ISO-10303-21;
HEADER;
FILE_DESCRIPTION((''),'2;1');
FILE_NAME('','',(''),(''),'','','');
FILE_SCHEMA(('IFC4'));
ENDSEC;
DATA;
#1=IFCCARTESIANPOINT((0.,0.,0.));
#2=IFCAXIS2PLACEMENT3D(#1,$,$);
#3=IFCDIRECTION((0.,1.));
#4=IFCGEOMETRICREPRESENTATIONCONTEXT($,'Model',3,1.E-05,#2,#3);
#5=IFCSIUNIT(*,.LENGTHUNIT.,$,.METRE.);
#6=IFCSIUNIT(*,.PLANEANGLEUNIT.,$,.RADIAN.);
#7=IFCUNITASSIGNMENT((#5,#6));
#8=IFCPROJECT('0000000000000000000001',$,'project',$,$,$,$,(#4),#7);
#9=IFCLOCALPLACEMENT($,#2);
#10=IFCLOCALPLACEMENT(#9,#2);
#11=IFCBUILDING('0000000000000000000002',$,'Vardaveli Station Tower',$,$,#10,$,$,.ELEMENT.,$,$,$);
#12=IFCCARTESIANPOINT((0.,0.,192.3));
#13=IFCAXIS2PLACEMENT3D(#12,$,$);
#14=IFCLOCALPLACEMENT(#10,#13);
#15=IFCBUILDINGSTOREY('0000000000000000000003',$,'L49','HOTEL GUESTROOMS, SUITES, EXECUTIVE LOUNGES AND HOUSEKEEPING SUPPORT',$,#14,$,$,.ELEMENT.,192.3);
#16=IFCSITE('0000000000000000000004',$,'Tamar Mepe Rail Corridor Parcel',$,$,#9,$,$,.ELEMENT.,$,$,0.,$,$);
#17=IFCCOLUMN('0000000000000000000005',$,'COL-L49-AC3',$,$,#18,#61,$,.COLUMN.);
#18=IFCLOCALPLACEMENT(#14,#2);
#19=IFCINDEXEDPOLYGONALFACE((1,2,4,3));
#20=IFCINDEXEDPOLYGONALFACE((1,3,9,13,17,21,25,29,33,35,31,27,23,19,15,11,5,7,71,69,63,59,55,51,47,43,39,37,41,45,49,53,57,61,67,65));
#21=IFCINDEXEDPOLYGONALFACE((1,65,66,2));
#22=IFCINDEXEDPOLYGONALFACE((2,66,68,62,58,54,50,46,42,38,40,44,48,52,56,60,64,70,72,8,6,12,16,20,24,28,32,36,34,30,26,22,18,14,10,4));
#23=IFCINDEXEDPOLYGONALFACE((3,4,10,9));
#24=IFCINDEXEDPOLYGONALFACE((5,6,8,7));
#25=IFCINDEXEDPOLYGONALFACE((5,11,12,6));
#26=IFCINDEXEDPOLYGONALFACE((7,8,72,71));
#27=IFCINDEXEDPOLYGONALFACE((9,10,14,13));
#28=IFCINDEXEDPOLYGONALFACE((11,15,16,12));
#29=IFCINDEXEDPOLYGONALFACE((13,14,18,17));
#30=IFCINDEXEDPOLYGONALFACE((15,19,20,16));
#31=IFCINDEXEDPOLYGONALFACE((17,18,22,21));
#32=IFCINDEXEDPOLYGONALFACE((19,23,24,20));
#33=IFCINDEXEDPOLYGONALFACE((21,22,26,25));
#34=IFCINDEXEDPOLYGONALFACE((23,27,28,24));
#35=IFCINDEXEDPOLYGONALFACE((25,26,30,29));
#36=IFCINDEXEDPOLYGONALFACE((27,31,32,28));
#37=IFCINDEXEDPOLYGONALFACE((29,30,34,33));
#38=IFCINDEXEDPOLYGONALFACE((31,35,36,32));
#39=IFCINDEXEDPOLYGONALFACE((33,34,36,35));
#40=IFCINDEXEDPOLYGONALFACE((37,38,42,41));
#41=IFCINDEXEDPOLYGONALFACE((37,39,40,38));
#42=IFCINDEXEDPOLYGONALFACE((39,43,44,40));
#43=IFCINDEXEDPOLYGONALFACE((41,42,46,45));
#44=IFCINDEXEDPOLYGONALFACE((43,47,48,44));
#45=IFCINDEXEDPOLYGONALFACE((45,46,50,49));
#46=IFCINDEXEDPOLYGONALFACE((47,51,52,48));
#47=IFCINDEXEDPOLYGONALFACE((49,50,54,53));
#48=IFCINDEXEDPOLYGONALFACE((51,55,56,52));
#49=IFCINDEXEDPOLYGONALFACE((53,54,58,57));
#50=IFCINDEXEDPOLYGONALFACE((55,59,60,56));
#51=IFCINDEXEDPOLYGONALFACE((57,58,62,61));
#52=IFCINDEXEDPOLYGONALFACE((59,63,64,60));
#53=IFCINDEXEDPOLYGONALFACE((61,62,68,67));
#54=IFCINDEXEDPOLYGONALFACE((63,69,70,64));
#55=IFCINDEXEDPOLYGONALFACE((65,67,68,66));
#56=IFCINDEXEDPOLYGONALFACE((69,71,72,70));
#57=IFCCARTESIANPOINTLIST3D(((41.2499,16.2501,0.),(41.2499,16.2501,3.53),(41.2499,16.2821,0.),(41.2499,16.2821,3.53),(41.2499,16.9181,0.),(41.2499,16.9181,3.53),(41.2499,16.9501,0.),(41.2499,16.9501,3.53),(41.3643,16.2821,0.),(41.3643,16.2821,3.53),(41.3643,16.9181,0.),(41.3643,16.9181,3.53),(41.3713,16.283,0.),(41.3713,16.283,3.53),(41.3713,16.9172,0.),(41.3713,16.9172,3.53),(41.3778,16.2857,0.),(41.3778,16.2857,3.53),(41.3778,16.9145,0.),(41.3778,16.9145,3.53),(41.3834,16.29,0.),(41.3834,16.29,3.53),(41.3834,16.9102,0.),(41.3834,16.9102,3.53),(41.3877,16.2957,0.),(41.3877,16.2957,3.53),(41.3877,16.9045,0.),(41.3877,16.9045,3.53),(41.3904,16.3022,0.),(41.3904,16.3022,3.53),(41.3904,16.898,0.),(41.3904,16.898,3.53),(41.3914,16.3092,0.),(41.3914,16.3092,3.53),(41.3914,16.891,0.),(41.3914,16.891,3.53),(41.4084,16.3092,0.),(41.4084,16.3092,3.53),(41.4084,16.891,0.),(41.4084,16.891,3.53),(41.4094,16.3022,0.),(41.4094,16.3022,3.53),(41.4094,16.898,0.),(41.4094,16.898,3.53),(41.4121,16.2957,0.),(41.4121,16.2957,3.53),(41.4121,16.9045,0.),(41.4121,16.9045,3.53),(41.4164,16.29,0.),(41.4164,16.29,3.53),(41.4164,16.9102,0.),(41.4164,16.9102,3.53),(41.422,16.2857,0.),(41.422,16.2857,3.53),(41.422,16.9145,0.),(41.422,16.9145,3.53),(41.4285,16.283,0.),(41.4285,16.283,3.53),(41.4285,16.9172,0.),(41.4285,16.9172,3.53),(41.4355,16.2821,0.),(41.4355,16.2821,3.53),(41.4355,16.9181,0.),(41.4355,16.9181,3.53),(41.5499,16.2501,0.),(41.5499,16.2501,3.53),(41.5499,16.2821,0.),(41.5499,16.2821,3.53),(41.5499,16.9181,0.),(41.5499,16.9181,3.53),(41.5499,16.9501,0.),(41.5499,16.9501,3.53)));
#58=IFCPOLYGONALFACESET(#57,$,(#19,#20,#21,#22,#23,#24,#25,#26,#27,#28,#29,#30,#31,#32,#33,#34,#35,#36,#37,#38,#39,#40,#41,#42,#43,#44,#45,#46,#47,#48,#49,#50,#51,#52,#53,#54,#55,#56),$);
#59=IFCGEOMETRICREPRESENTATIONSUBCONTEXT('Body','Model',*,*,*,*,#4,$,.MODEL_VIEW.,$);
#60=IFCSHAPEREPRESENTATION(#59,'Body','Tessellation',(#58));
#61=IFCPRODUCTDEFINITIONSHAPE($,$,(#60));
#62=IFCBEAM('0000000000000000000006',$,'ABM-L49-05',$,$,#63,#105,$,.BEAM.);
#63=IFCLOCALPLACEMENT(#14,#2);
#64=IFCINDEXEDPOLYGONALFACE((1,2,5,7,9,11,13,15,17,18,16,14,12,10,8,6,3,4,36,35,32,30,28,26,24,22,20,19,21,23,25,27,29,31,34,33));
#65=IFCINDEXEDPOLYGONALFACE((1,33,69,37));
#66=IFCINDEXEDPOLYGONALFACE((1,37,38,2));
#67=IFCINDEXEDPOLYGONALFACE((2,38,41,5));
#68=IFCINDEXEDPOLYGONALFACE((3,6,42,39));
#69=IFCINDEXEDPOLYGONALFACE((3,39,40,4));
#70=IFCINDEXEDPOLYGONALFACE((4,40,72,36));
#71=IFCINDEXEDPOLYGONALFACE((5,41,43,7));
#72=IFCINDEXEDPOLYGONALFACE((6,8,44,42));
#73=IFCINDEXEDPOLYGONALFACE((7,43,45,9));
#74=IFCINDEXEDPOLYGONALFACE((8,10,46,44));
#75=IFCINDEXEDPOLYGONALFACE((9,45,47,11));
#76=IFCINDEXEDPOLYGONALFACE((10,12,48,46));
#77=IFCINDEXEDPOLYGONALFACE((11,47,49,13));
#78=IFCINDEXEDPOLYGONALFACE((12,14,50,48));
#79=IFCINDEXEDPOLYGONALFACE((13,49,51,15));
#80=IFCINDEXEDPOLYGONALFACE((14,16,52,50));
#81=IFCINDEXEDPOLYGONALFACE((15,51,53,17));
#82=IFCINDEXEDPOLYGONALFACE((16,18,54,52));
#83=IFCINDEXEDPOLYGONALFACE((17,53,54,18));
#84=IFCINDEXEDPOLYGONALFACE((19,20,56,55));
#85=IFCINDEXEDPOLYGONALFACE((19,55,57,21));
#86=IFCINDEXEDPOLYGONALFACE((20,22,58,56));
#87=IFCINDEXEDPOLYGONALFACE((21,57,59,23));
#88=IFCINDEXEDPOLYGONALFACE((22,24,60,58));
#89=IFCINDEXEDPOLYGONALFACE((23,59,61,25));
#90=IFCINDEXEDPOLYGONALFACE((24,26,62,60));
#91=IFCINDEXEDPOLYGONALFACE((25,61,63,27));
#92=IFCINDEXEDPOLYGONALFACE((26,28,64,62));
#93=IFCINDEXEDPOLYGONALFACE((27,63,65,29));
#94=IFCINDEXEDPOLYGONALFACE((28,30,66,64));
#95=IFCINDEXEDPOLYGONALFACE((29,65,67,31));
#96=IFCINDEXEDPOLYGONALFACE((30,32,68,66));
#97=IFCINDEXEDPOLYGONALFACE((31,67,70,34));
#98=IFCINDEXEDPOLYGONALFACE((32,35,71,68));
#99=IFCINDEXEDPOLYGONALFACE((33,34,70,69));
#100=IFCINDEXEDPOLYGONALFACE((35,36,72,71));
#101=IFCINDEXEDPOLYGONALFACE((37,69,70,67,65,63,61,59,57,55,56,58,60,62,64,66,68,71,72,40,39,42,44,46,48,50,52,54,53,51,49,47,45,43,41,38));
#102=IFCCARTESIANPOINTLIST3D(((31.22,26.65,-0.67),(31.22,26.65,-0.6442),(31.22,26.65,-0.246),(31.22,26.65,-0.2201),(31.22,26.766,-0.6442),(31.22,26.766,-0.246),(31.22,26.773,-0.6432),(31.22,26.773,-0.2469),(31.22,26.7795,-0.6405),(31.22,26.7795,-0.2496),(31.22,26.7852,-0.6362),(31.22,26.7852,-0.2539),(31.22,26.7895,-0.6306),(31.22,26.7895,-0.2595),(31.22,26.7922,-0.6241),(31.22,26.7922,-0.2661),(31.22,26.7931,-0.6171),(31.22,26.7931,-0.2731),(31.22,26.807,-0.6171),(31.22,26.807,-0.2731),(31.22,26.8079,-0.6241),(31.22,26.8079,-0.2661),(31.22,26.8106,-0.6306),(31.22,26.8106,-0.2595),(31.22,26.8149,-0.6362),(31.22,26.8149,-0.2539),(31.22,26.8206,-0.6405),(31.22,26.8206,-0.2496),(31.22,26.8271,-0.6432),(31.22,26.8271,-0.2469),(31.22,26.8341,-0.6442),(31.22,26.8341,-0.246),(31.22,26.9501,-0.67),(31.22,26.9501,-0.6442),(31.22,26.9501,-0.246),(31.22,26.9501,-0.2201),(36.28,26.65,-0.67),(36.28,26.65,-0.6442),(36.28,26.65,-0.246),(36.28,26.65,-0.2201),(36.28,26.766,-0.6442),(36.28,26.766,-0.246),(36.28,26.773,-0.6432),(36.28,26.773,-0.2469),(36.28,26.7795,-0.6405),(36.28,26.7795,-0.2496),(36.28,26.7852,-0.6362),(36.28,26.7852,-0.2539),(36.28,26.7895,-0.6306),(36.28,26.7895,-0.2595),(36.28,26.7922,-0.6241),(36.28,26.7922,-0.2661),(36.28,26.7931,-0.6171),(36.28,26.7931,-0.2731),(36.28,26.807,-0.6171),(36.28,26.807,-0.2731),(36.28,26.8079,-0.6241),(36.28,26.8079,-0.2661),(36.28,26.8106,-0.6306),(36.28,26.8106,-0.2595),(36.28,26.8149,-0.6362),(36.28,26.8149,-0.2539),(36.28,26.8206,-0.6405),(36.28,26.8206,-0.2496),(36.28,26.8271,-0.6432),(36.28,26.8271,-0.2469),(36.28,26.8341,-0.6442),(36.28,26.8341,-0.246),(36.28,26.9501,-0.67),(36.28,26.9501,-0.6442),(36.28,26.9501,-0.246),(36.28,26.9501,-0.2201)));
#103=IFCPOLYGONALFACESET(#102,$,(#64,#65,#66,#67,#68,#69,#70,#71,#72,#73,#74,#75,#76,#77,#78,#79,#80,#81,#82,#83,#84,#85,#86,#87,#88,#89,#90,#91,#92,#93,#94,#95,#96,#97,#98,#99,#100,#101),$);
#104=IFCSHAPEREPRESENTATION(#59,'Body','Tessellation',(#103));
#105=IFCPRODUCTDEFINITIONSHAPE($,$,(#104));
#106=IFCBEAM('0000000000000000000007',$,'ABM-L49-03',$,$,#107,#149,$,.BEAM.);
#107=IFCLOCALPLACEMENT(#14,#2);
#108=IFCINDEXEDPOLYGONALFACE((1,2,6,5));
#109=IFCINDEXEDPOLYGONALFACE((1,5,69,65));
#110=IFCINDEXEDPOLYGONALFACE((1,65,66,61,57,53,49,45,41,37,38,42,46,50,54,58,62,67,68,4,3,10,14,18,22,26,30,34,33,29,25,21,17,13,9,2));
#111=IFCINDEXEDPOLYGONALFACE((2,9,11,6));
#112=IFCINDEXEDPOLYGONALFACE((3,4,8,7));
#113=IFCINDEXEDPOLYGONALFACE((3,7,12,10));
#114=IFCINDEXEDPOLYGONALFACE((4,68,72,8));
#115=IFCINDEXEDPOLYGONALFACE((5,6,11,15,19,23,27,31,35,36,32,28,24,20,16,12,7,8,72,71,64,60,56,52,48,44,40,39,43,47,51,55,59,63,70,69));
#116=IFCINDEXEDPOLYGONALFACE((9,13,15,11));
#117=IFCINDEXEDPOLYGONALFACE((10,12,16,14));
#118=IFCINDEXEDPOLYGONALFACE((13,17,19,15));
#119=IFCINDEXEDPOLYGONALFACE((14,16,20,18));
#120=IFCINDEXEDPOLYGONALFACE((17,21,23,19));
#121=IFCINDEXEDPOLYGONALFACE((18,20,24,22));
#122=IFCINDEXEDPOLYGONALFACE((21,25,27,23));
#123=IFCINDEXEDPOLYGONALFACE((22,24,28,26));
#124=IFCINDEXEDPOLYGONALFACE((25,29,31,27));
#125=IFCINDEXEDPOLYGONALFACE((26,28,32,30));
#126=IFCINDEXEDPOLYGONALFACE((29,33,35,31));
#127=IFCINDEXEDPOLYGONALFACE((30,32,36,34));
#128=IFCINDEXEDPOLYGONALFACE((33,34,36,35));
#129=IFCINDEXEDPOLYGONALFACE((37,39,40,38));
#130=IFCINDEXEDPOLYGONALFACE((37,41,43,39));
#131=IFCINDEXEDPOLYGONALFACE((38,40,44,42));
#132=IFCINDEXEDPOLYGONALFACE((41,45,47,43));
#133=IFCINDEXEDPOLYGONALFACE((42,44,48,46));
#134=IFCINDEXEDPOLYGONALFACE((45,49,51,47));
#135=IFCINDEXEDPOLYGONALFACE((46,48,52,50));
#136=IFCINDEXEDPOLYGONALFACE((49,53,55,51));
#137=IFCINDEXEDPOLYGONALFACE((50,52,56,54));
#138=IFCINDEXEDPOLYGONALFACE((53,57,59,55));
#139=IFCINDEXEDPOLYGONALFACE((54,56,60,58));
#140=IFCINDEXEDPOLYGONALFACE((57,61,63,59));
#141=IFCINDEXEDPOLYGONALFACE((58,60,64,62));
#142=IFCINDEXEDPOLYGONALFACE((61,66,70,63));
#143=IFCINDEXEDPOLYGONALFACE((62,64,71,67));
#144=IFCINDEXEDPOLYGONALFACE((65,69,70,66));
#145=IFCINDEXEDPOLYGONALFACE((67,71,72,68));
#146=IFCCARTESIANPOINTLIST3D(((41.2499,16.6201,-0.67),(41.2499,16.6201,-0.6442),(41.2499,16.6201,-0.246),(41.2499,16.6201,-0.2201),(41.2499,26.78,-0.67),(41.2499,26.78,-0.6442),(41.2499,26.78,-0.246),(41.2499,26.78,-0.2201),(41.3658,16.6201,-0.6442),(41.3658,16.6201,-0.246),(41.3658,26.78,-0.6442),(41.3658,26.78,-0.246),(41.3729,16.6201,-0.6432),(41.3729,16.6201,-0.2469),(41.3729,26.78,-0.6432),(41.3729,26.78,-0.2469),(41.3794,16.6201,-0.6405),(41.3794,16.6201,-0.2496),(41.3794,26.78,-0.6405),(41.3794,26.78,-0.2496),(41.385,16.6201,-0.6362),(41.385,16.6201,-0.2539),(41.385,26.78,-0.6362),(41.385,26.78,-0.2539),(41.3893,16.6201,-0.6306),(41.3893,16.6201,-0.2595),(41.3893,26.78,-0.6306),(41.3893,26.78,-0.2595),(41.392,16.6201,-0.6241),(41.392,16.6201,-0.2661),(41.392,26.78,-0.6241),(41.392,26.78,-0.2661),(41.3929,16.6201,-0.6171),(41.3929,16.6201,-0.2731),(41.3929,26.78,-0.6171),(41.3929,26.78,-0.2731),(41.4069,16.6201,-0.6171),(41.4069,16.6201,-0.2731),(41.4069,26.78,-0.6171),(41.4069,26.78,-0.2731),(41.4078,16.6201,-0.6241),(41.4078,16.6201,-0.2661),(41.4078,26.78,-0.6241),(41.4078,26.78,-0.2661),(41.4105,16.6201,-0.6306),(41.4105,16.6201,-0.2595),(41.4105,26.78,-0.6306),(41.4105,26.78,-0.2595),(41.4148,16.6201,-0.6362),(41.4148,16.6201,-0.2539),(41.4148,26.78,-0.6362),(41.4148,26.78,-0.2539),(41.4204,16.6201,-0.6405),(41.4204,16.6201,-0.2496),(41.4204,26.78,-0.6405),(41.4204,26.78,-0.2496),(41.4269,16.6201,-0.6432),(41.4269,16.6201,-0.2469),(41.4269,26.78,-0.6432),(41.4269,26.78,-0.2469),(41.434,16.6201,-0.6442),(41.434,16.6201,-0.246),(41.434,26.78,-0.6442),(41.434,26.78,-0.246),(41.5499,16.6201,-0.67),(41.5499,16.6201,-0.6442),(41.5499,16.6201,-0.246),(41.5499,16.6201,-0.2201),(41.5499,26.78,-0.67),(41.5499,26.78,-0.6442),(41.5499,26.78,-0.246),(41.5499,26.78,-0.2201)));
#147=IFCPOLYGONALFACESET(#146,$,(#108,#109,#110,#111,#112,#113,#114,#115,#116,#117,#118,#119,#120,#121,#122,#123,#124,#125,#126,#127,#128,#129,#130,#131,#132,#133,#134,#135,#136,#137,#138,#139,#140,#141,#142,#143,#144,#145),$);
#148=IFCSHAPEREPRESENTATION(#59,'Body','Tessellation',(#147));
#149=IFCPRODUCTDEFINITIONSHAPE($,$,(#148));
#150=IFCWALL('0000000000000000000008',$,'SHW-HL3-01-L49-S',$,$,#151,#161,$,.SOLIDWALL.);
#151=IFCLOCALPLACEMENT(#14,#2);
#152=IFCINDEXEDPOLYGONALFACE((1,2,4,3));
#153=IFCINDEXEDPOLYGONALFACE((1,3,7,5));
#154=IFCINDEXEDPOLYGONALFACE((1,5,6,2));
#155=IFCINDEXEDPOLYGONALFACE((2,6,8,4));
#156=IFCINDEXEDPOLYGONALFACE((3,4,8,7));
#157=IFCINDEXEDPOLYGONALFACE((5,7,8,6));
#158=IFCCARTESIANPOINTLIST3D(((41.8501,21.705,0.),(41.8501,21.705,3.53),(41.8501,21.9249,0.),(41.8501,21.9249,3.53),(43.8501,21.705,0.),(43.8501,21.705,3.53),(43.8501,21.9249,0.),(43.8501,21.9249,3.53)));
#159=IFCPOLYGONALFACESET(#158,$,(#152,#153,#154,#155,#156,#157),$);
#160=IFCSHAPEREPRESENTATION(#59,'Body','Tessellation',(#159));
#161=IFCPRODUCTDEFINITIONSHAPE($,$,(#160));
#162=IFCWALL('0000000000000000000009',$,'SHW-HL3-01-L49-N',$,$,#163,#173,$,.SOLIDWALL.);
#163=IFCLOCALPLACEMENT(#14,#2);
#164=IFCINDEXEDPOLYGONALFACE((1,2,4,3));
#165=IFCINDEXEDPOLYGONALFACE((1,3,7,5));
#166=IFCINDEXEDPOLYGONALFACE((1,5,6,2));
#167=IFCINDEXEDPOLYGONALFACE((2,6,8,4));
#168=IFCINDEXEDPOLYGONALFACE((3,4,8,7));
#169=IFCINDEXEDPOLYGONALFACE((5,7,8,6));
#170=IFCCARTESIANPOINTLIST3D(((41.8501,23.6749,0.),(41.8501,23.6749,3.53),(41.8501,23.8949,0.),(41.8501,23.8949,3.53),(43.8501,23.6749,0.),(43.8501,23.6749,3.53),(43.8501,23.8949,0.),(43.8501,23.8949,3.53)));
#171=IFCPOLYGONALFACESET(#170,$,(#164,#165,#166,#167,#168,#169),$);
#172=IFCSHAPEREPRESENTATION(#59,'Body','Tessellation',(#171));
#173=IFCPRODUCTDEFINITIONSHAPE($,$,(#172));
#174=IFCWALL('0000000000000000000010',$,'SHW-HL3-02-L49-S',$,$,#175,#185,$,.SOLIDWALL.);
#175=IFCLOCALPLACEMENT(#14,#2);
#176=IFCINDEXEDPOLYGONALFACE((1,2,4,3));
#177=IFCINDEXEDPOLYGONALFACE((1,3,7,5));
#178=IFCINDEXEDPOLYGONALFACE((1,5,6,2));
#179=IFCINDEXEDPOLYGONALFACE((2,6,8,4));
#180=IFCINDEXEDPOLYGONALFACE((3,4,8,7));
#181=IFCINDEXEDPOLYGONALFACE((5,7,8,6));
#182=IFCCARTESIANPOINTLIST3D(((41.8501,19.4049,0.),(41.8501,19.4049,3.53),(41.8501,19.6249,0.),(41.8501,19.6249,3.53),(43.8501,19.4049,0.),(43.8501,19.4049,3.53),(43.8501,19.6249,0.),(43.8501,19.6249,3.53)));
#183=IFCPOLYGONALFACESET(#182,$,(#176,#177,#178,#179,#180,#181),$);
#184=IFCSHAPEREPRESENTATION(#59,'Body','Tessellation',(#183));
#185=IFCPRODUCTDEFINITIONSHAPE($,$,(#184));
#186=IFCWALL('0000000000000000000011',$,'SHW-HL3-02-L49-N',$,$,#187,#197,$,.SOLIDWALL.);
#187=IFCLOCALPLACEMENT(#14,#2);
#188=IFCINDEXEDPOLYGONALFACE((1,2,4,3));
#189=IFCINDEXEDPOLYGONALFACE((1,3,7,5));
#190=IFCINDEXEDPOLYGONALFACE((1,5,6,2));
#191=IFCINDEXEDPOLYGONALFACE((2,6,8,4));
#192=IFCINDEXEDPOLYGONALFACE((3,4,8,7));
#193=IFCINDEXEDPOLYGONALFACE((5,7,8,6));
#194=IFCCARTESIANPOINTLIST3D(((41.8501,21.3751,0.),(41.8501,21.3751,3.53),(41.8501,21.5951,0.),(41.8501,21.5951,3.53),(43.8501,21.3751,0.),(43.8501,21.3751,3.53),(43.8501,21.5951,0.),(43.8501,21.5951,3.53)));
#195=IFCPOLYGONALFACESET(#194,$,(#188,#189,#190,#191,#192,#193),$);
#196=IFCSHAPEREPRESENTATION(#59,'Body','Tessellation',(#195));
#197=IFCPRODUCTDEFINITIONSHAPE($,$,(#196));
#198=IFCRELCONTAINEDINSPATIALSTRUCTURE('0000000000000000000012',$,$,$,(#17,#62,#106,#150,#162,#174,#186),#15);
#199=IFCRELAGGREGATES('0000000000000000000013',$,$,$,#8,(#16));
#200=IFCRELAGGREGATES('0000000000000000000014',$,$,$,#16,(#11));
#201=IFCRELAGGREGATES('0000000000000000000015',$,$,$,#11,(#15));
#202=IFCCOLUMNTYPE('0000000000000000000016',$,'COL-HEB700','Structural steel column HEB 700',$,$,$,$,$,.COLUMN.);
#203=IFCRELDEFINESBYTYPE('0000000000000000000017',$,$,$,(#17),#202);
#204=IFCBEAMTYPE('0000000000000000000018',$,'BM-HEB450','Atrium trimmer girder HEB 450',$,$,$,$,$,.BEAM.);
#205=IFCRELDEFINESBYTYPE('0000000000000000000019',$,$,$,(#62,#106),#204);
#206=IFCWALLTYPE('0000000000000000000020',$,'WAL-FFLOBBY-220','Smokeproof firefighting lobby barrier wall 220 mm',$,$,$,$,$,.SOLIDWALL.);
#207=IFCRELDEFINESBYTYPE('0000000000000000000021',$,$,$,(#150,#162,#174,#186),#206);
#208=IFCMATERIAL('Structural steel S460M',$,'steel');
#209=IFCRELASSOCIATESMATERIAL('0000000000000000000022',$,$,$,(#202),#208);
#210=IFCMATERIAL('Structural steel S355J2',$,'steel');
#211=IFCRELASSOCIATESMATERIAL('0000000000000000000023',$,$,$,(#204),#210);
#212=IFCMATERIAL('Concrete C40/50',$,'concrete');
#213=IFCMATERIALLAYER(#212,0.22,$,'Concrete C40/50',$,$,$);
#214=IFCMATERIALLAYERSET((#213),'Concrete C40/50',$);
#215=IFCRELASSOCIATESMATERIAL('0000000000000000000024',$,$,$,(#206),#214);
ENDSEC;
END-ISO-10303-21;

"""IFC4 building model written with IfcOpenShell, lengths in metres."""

from ifc_helpers import new_model, si_unit, direction, frame, frame_2d, origin, origin_2d, place, context, subcontext, project, spatial, rectangle, i_section, extrude, source, transform, mapped, material, layer, layer_set, material_profile, profile_set, type_object, element, save


model = new_model("IFC4")

# Units and contexts
model_context = context("Model", 3, precision=1e-05, world=origin(), true_north=direction((0.0, 1.0)))
body_context = subcontext(model_context, "Body", "Model", "MODEL_VIEW")
ifc_project = project(units=[si_unit("LENGTHUNIT", "METRE"), si_unit("PLANEANGLEUNIT", "RADIAN")], contexts=[model_context])

# Site, building, storey
site_placement = place(None, origin())
site = spatial("IfcSite", under=ifc_project, at=site_placement, Name="Tamar Mepe Rail Corridor Parcel", CompositionType="ELEMENT", RefElevation=0.0)
building_placement = place(site_placement, origin())
building = spatial("IfcBuilding", under=site, at=building_placement, Name="Vardaveli Station Tower", CompositionType="ELEMENT")
storey_placement = place(building_placement, frame((0.0, 0.0, 192.3)))
storey = spatial("IfcBuildingStorey", under=building, at=storey_placement, Name="L49", Description="HOTEL GUESTROOMS, SUITES, EXECUTIVE LOUNGES AND HOUSEKEEPING SUPPORT", CompositionType="ELEMENT", Elevation=192.3)

# Column
ifc_material_1 = material(Name="Structural steel S460M", Category="steel")
ifc_material_profile_1 = material_profile(ifc_material_1, i_section(OverallWidth=0.3, OverallDepth=0.7, WebThickness=0.0171, FlangeThickness=0.032, FilletRadius=0.0271, at=origin_2d()), Name="HEB 700")
ifc_profile_set_1 = profile_set([ifc_material_profile_1], Name="Structural steel S460M")
column_type = type_object("IfcColumnType", Name="COL-HEB700", Description="Structural steel column HEB 700", PredefinedType="COLUMN", material=ifc_profile_set_1)
shared_shape_1 = source(origin(), body_context, "Body", "SweptSolid", [
    extrude(i_section(OverallWidth=0.3, OverallDepth=0.7, WebThickness=0.0171, FlangeThickness=0.032, FilletRadius=0.0271, at=origin_2d()), origin(), (0.0, 0.0, 1.0), 3.53),
])
column_placement = place(storey_placement, frame((41.3999, 16.6001, 0.0), z_axis=(0.0, 0.0, 1.0), x_axis=(1.0, 0.0, 0.0)))
element("IfcColumn", 1, at=column_placement, inside=storey, type_object=column_type, Name="COL-L49-AC3", PredefinedType="COLUMN", context=body_context, shape_type="MappedRepresentation", body=[
    mapped(shared_shape_1, transform((0.0, 0.0, 0.0), scale=1.0)),
])

# Beams
ifc_material_2 = material(Name="Structural steel S355J2", Category="steel")
ifc_material_profile_2 = material_profile(ifc_material_2, i_section(OverallWidth=0.3, OverallDepth=0.45, WebThickness=0.0139, FlangeThickness=0.0259, FilletRadius=0.0271, at=origin_2d()), Name="HEB 450")
ifc_profile_set_2 = profile_set([ifc_material_profile_2], Name="Structural steel S355J2")
beam_type = type_object("IfcBeamType", Name="BM-HEB450", Description="Atrium trimmer girder HEB 450", PredefinedType="BEAM", material=ifc_profile_set_2)
shared_shape_2 = source(origin(), body_context, "Body", "SweptSolid", [
    extrude(i_section(OverallWidth=0.3, OverallDepth=0.45, WebThickness=0.0139, FlangeThickness=0.0259, FilletRadius=0.0271, at=origin_2d()), origin(), (0.0, 0.0, 1.0), 5.0601),
])
beam_1_placement = place(storey_placement, frame((36.28, 26.8, -0.4451), z_axis=(-1.0, 0.0, 0.0), x_axis=(0.0, -1.0, 0.0)))
element("IfcBeam", 2, at=beam_1_placement, inside=storey, type_object=beam_type, Name="ABM-L49-05", PredefinedType="BEAM", context=body_context, shape_type="MappedRepresentation", body=[
    mapped(shared_shape_2, transform((0.0, 0.0, 0.0), scale=1.0)),
])
shared_shape_3 = source(origin(), body_context, "Body", "SweptSolid", [
    extrude(i_section(OverallWidth=0.3, OverallDepth=0.45, WebThickness=0.0139, FlangeThickness=0.0259, FilletRadius=0.0271, at=origin_2d()), origin(), (0.0, 0.0, 1.0), 10.1599),
])
beam_2_placement = place(storey_placement, frame((41.3999, 16.6201, -0.4451), z_axis=(0.0, 1.0, 0.0), x_axis=(-1.0, 0.0, 0.0)))
element("IfcBeam", 3, at=beam_2_placement, inside=storey, type_object=beam_type, Name="ABM-L49-03", PredefinedType="BEAM", context=body_context, shape_type="MappedRepresentation", body=[
    mapped(shared_shape_3, transform((0.0, 0.0, 0.0), scale=1.0)),
])

# Walls
ifc_material_3 = material(Name="Concrete C40/50", Category="concrete")
ifc_layer_1 = layer(ifc_material_3, 0.22, Name="Concrete C40/50")
ifc_layer_set_1 = layer_set([ifc_layer_1], Name="Concrete C40/50")
wall_type_1 = type_object("IfcWallType", Name="WAL-FFLOBBY-220", Description="Smokeproof firefighting lobby barrier wall 220 mm", PredefinedType="SOLIDWALL", material=ifc_layer_set_1)
shared_shape_4 = source(origin(), body_context, "Body", "SweptSolid", [
    extrude(rectangle(XDim=2.0, YDim=0.22, at=frame_2d((1.0, 0.0))), origin(), (0.0, 0.0, 1.0), 3.53),
])
for number, where, z_axis, x_axis, name in (
    (4, (41.8501, 21.8149, 0.0), (0.0, 0.0, 1.0), (1.0, 0.0, 0.0), "SHW-HL3-01-L49-S"),
    (5, (41.8501, 23.7849, 0.0), (0.0, 0.0, 1.0), (1.0, 0.0, 0.0), "SHW-HL3-01-L49-N"),
    (6, (41.8501, 19.5149, 0.0), (0.0, 0.0, 1.0), (1.0, 0.0, 0.0), "SHW-HL3-02-L49-S"),
    (7, (41.8501, 21.4851, 0.0), (0.0, 0.0, 1.0), (1.0, 0.0, 0.0), "SHW-HL3-02-L49-N"),
):
    element("IfcWall", number, at=place(storey_placement, frame(where, z_axis=z_axis, x_axis=x_axis)), inside=storey, type_object=wall_type_1, Name=name, PredefinedType="SOLIDWALL", context=body_context, shape_type="MappedRepresentation", body=[
        mapped(shared_shape_4, transform((0.0, 0.0, 0.0), scale=1.0)),
    ])

save(model, "model.ifc")
